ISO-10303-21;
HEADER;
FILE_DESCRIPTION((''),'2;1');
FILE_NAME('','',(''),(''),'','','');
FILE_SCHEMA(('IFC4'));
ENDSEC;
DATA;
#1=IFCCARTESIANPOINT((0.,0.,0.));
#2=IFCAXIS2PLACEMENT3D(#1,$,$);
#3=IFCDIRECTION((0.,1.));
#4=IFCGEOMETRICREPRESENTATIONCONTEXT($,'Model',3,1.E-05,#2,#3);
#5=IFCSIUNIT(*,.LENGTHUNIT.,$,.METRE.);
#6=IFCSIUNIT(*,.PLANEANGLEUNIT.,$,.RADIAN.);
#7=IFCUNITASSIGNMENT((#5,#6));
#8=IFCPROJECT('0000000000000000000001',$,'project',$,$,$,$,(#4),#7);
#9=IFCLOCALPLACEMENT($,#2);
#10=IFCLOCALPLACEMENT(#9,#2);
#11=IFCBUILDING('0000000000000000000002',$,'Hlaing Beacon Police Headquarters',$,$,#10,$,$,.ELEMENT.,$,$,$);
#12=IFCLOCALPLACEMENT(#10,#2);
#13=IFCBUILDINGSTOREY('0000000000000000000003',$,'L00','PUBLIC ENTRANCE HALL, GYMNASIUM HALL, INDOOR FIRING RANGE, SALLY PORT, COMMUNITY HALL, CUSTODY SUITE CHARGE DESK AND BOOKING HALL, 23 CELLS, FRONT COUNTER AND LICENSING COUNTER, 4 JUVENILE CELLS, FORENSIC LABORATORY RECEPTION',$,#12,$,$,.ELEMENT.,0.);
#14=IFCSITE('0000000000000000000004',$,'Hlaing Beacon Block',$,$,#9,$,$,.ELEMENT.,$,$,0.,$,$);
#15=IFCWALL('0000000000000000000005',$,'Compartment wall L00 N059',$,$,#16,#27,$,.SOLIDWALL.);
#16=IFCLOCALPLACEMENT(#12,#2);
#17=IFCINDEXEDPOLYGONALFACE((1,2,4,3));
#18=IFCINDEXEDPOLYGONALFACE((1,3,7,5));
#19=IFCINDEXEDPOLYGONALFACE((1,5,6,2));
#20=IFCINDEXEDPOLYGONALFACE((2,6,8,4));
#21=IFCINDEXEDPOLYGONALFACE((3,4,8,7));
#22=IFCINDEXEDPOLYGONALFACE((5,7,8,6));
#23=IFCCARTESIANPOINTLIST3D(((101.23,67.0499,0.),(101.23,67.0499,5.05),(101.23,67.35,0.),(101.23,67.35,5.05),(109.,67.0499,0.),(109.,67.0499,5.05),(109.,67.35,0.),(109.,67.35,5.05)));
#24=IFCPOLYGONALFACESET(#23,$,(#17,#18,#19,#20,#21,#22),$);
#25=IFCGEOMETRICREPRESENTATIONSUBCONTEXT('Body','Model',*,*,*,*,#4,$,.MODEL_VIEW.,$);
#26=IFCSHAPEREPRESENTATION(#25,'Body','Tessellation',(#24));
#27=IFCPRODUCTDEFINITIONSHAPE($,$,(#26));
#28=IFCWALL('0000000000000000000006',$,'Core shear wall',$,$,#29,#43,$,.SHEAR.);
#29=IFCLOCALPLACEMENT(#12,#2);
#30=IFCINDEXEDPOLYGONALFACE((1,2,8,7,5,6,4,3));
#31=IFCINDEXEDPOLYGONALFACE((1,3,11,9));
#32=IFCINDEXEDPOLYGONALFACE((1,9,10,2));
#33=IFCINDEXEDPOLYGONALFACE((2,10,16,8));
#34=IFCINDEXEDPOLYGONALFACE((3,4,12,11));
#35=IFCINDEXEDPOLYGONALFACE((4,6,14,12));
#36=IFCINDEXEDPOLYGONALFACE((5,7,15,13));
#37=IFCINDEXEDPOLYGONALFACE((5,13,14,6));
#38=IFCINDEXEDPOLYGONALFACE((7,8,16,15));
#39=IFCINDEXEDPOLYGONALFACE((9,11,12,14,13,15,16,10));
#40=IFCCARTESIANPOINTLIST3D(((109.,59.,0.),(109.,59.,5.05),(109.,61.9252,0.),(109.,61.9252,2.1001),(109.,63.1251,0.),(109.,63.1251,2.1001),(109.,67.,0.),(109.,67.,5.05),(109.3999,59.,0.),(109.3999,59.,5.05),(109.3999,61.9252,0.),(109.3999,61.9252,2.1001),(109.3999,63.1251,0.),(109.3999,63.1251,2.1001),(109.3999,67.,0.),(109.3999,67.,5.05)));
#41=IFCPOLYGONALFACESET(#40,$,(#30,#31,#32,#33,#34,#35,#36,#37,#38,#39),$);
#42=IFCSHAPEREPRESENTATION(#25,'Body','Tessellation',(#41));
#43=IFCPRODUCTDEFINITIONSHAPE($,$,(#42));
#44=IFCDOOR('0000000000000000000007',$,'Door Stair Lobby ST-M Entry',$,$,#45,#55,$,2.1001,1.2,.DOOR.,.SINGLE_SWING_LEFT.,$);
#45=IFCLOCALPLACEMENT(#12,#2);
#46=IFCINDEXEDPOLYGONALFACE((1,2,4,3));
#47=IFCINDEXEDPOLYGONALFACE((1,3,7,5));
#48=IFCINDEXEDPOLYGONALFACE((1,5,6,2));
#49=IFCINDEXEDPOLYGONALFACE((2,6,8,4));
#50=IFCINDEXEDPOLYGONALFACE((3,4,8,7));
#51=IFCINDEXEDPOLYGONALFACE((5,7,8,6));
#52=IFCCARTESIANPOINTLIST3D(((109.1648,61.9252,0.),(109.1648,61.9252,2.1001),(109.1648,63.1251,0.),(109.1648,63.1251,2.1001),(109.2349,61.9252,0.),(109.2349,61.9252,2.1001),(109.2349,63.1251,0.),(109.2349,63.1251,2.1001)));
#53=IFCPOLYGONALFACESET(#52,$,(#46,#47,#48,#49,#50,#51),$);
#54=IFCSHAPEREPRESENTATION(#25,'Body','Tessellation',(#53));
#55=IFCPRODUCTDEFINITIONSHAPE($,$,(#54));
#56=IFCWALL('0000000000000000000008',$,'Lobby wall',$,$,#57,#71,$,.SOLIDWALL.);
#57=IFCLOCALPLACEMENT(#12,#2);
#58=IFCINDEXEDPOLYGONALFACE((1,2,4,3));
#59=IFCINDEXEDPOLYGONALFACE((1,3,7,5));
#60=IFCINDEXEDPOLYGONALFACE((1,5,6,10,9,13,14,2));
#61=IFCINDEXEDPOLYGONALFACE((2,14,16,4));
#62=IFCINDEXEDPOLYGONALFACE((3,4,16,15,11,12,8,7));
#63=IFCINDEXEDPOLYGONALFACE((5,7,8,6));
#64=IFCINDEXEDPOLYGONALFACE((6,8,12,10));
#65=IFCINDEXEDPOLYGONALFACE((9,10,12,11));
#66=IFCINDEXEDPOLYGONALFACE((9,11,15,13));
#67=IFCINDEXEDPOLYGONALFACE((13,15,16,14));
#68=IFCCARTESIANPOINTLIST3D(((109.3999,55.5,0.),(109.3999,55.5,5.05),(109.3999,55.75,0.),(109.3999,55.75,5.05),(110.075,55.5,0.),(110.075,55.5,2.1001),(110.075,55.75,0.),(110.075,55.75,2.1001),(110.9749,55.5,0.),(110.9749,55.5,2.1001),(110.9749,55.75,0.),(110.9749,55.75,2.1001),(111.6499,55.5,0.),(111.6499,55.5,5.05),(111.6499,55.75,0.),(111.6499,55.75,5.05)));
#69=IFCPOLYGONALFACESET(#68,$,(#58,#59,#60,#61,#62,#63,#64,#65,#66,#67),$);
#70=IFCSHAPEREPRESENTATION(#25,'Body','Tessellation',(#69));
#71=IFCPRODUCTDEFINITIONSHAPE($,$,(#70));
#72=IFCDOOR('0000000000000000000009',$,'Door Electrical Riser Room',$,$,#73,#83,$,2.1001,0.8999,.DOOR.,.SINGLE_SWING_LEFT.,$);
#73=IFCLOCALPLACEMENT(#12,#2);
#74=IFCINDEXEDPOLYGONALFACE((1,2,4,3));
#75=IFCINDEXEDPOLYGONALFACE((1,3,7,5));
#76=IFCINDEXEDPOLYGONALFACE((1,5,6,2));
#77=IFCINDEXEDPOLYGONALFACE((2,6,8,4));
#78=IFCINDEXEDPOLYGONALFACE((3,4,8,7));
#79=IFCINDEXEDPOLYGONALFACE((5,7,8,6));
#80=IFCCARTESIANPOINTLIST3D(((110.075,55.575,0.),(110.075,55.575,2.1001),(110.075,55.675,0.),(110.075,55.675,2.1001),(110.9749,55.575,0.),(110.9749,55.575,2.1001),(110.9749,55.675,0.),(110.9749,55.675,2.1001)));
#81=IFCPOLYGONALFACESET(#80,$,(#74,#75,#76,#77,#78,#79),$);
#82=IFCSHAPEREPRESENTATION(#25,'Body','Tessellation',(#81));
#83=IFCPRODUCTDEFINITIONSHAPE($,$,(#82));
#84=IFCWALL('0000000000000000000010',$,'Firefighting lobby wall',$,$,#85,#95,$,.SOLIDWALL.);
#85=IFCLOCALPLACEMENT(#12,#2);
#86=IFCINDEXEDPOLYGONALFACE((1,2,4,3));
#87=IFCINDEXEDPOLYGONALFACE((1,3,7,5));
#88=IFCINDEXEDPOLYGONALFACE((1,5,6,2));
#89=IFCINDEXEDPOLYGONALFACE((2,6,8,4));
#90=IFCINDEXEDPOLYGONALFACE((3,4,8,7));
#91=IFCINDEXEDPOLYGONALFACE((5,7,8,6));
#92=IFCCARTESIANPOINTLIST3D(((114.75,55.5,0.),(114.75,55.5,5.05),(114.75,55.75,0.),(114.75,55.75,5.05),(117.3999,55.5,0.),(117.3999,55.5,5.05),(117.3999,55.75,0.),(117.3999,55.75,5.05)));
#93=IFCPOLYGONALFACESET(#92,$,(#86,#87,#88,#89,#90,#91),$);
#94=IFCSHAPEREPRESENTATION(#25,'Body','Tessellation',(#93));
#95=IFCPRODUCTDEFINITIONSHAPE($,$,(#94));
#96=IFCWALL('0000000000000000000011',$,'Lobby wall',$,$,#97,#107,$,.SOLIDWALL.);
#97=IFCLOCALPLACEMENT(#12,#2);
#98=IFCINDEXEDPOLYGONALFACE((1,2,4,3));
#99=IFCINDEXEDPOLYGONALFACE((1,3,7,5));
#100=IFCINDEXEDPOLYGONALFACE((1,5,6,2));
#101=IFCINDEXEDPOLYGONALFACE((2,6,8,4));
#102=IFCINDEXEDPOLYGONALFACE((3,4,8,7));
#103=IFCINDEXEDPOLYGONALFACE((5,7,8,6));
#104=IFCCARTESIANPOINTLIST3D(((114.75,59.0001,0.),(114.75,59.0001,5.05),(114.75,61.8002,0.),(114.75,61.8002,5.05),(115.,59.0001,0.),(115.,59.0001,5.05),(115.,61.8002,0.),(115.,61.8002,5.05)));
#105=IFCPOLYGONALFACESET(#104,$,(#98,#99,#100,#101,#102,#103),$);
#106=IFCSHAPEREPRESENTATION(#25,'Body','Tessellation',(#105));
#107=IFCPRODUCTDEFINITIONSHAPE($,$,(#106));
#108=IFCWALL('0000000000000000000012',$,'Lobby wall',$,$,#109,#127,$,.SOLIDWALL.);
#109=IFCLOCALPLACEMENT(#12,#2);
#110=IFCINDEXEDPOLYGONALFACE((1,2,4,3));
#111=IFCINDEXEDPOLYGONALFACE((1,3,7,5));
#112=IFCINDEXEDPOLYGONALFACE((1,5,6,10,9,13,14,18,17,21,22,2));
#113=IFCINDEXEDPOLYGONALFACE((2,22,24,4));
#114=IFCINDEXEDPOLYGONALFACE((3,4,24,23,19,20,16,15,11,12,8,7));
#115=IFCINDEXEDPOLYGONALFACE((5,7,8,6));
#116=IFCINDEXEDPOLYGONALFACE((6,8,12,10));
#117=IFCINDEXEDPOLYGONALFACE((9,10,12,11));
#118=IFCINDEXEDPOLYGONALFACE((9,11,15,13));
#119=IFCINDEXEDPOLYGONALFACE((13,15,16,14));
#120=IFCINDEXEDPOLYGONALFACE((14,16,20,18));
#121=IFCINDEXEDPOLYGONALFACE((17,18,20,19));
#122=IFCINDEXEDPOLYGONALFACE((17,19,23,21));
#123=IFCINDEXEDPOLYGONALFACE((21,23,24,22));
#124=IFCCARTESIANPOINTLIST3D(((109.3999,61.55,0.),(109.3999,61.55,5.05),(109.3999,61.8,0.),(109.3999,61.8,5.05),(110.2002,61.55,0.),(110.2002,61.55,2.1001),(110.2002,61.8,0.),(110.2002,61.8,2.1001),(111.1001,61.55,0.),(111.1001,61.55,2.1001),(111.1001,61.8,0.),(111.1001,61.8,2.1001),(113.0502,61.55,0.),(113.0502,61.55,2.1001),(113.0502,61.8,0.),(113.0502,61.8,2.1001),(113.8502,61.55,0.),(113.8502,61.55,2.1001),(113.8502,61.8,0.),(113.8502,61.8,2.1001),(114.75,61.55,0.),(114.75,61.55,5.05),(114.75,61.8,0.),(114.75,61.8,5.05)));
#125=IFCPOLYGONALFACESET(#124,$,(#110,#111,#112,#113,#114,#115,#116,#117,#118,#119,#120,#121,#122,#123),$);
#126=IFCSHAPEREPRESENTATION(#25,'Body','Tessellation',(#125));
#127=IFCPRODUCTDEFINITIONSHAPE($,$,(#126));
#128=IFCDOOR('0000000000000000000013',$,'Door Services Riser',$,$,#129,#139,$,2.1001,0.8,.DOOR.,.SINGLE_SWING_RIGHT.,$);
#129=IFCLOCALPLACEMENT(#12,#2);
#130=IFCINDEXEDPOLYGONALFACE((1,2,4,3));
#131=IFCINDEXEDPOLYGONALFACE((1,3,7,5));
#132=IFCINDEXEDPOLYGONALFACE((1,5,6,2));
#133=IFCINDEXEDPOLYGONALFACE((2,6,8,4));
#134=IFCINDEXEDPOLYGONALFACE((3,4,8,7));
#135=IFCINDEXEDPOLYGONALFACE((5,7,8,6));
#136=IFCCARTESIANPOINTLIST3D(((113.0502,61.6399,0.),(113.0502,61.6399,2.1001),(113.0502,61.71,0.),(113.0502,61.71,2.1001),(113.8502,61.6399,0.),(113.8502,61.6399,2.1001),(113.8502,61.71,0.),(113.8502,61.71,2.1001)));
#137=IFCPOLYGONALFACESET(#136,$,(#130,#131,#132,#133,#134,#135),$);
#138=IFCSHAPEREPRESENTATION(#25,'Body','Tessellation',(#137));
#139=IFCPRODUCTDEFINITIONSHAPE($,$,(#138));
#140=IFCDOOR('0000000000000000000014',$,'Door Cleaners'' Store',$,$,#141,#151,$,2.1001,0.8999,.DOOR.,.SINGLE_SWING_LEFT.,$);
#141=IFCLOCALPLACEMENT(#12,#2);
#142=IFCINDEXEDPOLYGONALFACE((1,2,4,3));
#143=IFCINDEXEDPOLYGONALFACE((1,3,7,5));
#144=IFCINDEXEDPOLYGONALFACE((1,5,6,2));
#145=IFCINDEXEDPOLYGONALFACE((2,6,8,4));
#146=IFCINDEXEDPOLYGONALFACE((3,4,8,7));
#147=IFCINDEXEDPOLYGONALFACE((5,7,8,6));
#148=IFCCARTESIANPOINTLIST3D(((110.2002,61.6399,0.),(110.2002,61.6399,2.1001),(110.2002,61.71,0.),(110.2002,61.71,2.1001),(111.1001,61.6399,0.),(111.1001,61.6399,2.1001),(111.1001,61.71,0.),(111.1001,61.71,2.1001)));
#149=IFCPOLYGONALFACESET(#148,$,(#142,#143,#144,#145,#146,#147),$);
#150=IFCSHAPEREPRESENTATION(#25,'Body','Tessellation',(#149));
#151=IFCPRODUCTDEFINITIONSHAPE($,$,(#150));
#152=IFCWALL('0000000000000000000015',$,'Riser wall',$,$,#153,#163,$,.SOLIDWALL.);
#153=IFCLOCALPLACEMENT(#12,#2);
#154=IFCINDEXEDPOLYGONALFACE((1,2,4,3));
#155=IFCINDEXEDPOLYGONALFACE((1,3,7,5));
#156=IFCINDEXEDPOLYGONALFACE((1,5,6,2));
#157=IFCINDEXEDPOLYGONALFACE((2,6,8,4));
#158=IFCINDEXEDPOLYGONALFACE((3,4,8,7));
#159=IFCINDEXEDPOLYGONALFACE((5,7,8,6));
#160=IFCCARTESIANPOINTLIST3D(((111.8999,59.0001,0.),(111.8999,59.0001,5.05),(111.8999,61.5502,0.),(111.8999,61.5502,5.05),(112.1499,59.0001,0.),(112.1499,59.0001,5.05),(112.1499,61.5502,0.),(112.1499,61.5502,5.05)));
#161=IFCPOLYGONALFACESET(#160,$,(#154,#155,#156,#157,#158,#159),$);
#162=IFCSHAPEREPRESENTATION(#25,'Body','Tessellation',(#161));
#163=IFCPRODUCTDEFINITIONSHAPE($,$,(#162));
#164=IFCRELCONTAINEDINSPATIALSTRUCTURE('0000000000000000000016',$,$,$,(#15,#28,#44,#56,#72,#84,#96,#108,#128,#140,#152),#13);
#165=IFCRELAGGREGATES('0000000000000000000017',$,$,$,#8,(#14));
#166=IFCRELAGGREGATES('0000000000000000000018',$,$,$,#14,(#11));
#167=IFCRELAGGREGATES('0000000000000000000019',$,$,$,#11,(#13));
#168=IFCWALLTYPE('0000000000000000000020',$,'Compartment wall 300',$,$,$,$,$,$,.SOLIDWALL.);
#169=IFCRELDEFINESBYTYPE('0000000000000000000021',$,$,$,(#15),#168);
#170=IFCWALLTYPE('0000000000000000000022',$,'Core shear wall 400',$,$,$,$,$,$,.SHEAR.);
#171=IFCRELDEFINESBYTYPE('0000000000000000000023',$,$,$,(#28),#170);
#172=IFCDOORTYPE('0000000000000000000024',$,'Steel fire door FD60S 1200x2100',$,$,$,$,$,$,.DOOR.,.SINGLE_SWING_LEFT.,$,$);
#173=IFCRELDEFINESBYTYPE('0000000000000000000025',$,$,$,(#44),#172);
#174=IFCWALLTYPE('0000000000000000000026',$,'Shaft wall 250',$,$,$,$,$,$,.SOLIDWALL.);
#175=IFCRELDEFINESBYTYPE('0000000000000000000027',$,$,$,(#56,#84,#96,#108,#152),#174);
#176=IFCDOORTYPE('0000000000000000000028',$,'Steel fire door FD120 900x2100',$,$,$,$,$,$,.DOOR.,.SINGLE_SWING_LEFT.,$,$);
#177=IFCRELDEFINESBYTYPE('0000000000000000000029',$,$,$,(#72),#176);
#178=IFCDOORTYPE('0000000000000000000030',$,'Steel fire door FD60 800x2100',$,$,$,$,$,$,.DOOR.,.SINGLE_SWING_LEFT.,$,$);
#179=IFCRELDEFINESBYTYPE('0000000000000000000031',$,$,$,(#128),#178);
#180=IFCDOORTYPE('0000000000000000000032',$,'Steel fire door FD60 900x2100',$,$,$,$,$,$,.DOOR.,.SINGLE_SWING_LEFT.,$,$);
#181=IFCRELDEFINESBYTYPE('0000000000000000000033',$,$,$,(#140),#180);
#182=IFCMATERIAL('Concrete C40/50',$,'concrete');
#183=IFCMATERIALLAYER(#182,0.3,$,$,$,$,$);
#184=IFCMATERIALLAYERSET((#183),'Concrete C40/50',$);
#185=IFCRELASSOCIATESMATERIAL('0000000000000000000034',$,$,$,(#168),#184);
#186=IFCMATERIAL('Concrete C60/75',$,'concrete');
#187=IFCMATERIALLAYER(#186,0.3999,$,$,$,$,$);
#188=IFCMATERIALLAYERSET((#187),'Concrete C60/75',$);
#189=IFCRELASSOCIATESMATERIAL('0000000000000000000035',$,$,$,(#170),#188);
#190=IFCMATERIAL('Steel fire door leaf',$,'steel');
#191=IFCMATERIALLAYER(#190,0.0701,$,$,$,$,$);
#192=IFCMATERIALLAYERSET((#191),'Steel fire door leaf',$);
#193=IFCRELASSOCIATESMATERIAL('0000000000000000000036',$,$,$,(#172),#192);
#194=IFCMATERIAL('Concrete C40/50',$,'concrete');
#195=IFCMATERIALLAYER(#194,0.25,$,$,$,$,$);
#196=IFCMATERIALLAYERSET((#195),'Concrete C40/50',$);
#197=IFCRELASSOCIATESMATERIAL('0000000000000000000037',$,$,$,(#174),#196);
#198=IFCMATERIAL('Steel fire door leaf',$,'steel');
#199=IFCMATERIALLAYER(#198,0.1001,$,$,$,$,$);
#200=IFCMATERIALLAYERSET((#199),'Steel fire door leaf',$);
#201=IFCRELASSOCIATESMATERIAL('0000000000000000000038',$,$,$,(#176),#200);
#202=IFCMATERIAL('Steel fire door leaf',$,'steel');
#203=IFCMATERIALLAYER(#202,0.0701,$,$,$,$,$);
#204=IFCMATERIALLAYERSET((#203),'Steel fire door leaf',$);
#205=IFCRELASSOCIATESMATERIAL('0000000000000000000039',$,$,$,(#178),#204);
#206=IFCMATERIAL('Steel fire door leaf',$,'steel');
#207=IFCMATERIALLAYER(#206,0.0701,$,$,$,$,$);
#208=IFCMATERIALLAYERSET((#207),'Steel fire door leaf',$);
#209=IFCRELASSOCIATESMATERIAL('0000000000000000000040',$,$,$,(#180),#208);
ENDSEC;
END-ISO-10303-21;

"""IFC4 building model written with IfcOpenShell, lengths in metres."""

from ifc_helpers import new_model, si_unit, direction, frame, frame_2d, origin, place, context, subcontext, project, spatial, rectangle, extrude, material, layer, layer_set, type_object, element, fill, save


model = new_model("IFC4")

# Units and contexts
model_context = context("Model", 3, precision=1e-05, world=origin(), true_north=direction((0.0, 1.0)))
body_context = subcontext(model_context, "Body", "Model", "MODEL_VIEW")
ifc_project = project(units=[si_unit("LENGTHUNIT", "METRE"), si_unit("PLANEANGLEUNIT", "RADIAN")], contexts=[model_context])

# Site, building, storey
site_placement = place(None, origin())
site = spatial("IfcSite", under=ifc_project, at=site_placement, Name="Hlaing Beacon Block", CompositionType="ELEMENT", RefElevation=0.0)
building_placement = place(site_placement, origin())
building = spatial("IfcBuilding", under=site, at=building_placement, Name="Hlaing Beacon Police Headquarters", CompositionType="ELEMENT")
storey_placement = place(building_placement, origin())
storey = spatial("IfcBuildingStorey", under=building, at=storey_placement, Name="L00", Description="PUBLIC ENTRANCE HALL, GYMNASIUM HALL, INDOOR FIRING RANGE, SALLY PORT, COMMUNITY HALL, CUSTODY SUITE CHARGE DESK AND BOOKING HALL, 23 CELLS, FRONT COUNTER AND LICENSING COUNTER, 4 JUVENILE CELLS, FORENSIC LABORATORY RECEPTION", CompositionType="ELEMENT", Elevation=0.0)

# Wall
ifc_material_1 = material(Name="Concrete C40/50", Category="concrete")
ifc_layer_1 = layer(ifc_material_1, 0.3)
ifc_layer_set_1 = layer_set([ifc_layer_1], Name="Concrete C40/50")
wall_type_1 = type_object("IfcWallType", Name="Compartment wall 300", PredefinedType="SOLIDWALL", material=ifc_layer_set_1)
wall_1_placement = place(storey_placement, frame((109.0, 67.2, 0.0), z_axis=(0.0, 0.0, 1.0), x_axis=(-1.0, 0.0, 0.0)))
element("IfcWall", 1, at=wall_1_placement, inside=storey, type_object=wall_type_1, Name="Compartment wall L00 N059", PredefinedType="SOLIDWALL", context=body_context, shape_type="SweptSolid", body=[
    extrude(rectangle(XDim=7.77, YDim=0.3, at=frame_2d((3.885, 0.0))), origin(), (0.0, 0.0, 1.0), 5.05),
])

# Walls, openings, doors
ifc_material_2 = material(Name="Concrete C60/75", Category="concrete")
ifc_layer_2 = layer(ifc_material_2, 0.3999)
ifc_layer_set_2 = layer_set([ifc_layer_2], Name="Concrete C60/75")
wall_type_2 = type_object("IfcWallType", Name="Core shear wall 400", PredefinedType="SHEAR", material=ifc_layer_set_2)
wall_2_placement = place(storey_placement, frame((109.2, 59.0, 0.0), z_axis=(0.0, 0.0, 1.0), x_axis=(0.0, 1.0, 0.0)))
wall_2 = element("IfcWall", 2, at=wall_2_placement, inside=storey, type_object=wall_type_2, Name="Core shear wall", PredefinedType="SHEAR", context=body_context, shape_type="SweptSolid", body=[
    extrude(rectangle(XDim=8.0, YDim=0.3999, at=frame_2d((4.0, 0.0))), origin(), (0.0, 0.0, 1.0), 5.05),
])
opening_1_placement = place(wall_2_placement, frame((2.925, 0.0, 0.0)))
opening_1 = element("IfcOpeningElement", 3, at=opening_1_placement, cuts=wall_2, PredefinedType="OPENING", context=body_context, shape_type="SweptSolid", body=[
    extrude(rectangle(XDim=1.2, YDim=2.1001, at=frame_2d((0.6001, 1.05))), frame((0.0, 0.21, 0.0), z_axis=(0.0, -1.0, 0.0), x_axis=(1.0, 0.0, 0.0)), (0.0, 0.0, 1.0), 0.4199),
])
ifc_material_3 = material(Name="Steel fire door leaf", Category="steel")
ifc_layer_3 = layer(ifc_material_3, 0.0701)
ifc_layer_set_3 = layer_set([ifc_layer_3], Name="Steel fire door leaf")
door_type_1 = type_object("IfcDoorType", Name="Steel fire door FD60S 1200x2100", OperationType="SINGLE_SWING_LEFT", PredefinedType="DOOR", material=ifc_layer_set_3)
door_1_placement = place(opening_1_placement, frame((1.2, 0.0, 0.0), z_axis=(0.0, 0.0, 1.0), x_axis=(-1.0, 0.0, 0.0)))
door_1 = element("IfcDoor", 4, at=door_1_placement, inside=storey, type_object=door_type_1, Name="Door Stair Lobby ST-M Entry", OperationType="SINGLE_SWING_LEFT", OverallHeight=2.1001, OverallWidth=1.2, PredefinedType="DOOR", context=body_context, shape_type="SweptSolid", body=[
    extrude(rectangle(XDim=1.2, YDim=2.1001, at=frame_2d((0.5999, 1.05))), frame((0.0, 0.0349, 0.0), z_axis=(0.0, -1.0, 0.0), x_axis=(1.0, 0.0, 0.0)), (0.0, 0.0, 1.0), 0.0701),
])
fill(opening_1, door_1)
ifc_material_4 = material(Name="Concrete C40/50", Category="concrete")
ifc_layer_4 = layer(ifc_material_4, 0.25)
ifc_layer_set_4 = layer_set([ifc_layer_4], Name="Concrete C40/50")
wall_type_3 = type_object("IfcWallType", Name="Shaft wall 250", PredefinedType="SOLIDWALL", material=ifc_layer_set_4)
wall_3_placement = place(storey_placement, frame((109.3999, 55.625, 0.0), z_axis=(0.0, 0.0, 1.0), x_axis=(1.0, 0.0, 0.0)))
wall_3 = element("IfcWall", 5, at=wall_3_placement, inside=storey, type_object=wall_type_3, Name="Lobby wall", PredefinedType="SOLIDWALL", context=body_context, shape_type="SweptSolid", body=[
    extrude(rectangle(XDim=2.25, YDim=0.25, at=frame_2d((1.125, 0.0))), origin(), (0.0, 0.0, 1.0), 5.05),
])
opening_2_placement = place(wall_3_placement, frame((0.675, 0.0, 0.0)))
opening_2 = element("IfcOpeningElement", 6, at=opening_2_placement, cuts=wall_3, PredefinedType="OPENING", context=body_context, shape_type="SweptSolid", body=[
    extrude(rectangle(XDim=0.8999, YDim=2.1001, at=frame_2d((0.45, 1.05))), frame((0.0, 0.135, 0.0), z_axis=(0.0, -1.0, 0.0), x_axis=(1.0, 0.0, 0.0)), (0.0, 0.0, 1.0), 0.27),
])
ifc_material_5 = material(Name="Steel fire door leaf", Category="steel")
ifc_layer_5 = layer(ifc_material_5, 0.1001)
ifc_layer_set_5 = layer_set([ifc_layer_5], Name="Steel fire door leaf")
door_type_2 = type_object("IfcDoorType", Name="Steel fire door FD120 900x2100", OperationType="SINGLE_SWING_LEFT", PredefinedType="DOOR", material=ifc_layer_set_5)
door_2_placement = place(opening_2_placement, origin())
door_2 = element("IfcDoor", 7, at=door_2_placement, inside=storey, type_object=door_type_2, Name="Door Electrical Riser Room", OperationType="SINGLE_SWING_LEFT", OverallHeight=2.1001, OverallWidth=0.8999, PredefinedType="DOOR", context=body_context, shape_type="SweptSolid", body=[
    extrude(rectangle(XDim=0.8999, YDim=2.1001, at=frame_2d((0.45, 1.05))), frame((0.0, 0.05, 0.0), z_axis=(0.0, -1.0, 0.0), x_axis=(1.0, 0.0, 0.0)), (0.0, 0.0, 1.0), 0.1001),
])
fill(opening_2, door_2)

# Walls
wall_4_placement = place(storey_placement, frame((114.75, 55.625, 0.0), z_axis=(0.0, 0.0, 1.0), x_axis=(1.0, 0.0, 0.0)))
element("IfcWall", 8, at=wall_4_placement, inside=storey, type_object=wall_type_3, Name="Firefighting lobby wall", PredefinedType="SOLIDWALL", context=body_context, shape_type="SweptSolid", body=[
    extrude(rectangle(XDim=2.6499, YDim=0.25, at=frame_2d((1.325, 0.0))), origin(), (0.0, 0.0, 1.0), 5.05),
])
wall_5_placement = place(storey_placement, frame((114.875, 61.8, 0.0), z_axis=(0.0, 0.0, 1.0), x_axis=(0.0, -1.0, 0.0)))
element("IfcWall", 9, at=wall_5_placement, inside=storey, type_object=wall_type_3, Name="Lobby wall", PredefinedType="SOLIDWALL", context=body_context, shape_type="SweptSolid", body=[
    extrude(rectangle(XDim=2.8, YDim=0.25, at=frame_2d((1.3999, 0.0))), origin(), (0.0, 0.0, 1.0), 5.05),
])

# Wall, openings, doors
wall_6_placement = place(storey_placement, frame((114.75, 61.675, 0.0), z_axis=(0.0, 0.0, 1.0), x_axis=(-1.0, 0.0, 0.0)))
wall_6 = element("IfcWall", 10, at=wall_6_placement, inside=storey, type_object=wall_type_3, Name="Lobby wall", PredefinedType="SOLIDWALL", context=body_context, shape_type="SweptSolid", body=[
    extrude(rectangle(XDim=5.3501, YDim=0.25, at=frame_2d((2.675, 0.0))), origin(), (0.0, 0.0, 1.0), 5.05),
])
opening_3_placement = place(wall_6_placement, frame((3.6499, 0.0, 0.0)))
opening_3 = element("IfcOpeningElement", 11, at=opening_3_placement, cuts=wall_6, PredefinedType="OPENING", context=body_context, shape_type="SweptSolid", body=[
    extrude(rectangle(XDim=0.8999, YDim=2.1001, at=frame_2d((0.45, 1.05))), frame((0.0, 0.135, 0.0), z_axis=(0.0, -1.0, 0.0), x_axis=(1.0, 0.0, 0.0)), (0.0, 0.0, 1.0), 0.27),
])
opening_4_placement = place(wall_6_placement, frame((0.8999, 0.0, 0.0)))
opening_4 = element("IfcOpeningElement", 12, at=opening_4_placement, cuts=wall_6, PredefinedType="OPENING", context=body_context, shape_type="SweptSolid", body=[
    extrude(rectangle(XDim=0.8, YDim=2.1001, at=frame_2d((0.3999, 1.05))), frame((0.0, 0.135, 0.0), z_axis=(0.0, -1.0, 0.0), x_axis=(1.0, 0.0, 0.0)), (0.0, 0.0, 1.0), 0.27),
])
ifc_material_6 = material(Name="Steel fire door leaf", Category="steel")
ifc_layer_6 = layer(ifc_material_6, 0.0701)
ifc_layer_set_6 = layer_set([ifc_layer_6], Name="Steel fire door leaf")
door_type_3 = type_object("IfcDoorType", Name="Steel fire door FD60 800x2100", OperationType="SINGLE_SWING_LEFT", PredefinedType="DOOR", material=ifc_layer_set_6)
door_3_placement = place(opening_4_placement, origin())
door_3 = element("IfcDoor", 13, at=door_3_placement, inside=storey, type_object=door_type_3, Name="Door Services Riser", OperationType="SINGLE_SWING_RIGHT", OverallHeight=2.1001, OverallWidth=0.8, PredefinedType="DOOR", context=body_context, shape_type="SweptSolid", body=[
    extrude(rectangle(XDim=0.8, YDim=2.1001, at=frame_2d((0.3999, 1.05))), frame((0.0, 0.0352, 0.0), z_axis=(0.0, -1.0, 0.0), x_axis=(1.0, 0.0, 0.0)), (0.0, 0.0, 1.0), 0.0701),
])
fill(opening_4, door_3)
ifc_material_7 = material(Name="Steel fire door leaf", Category="steel")
ifc_layer_7 = layer(ifc_material_7, 0.0701)
ifc_layer_set_7 = layer_set([ifc_layer_7], Name="Steel fire door leaf")
door_type_4 = type_object("IfcDoorType", Name="Steel fire door FD60 900x2100", OperationType="SINGLE_SWING_LEFT", PredefinedType="DOOR", material=ifc_layer_set_7)
door_4_placement = place(opening_3_placement, origin())
door_4 = element("IfcDoor", 14, at=door_4_placement, inside=storey, type_object=door_type_4, Name="Door Cleaners' Store", OperationType="SINGLE_SWING_LEFT", OverallHeight=2.1001, OverallWidth=0.8999, PredefinedType="DOOR", context=body_context, shape_type="SweptSolid", body=[
    extrude(rectangle(XDim=0.8999, YDim=2.1001, at=frame_2d((0.45, 1.05))), frame((0.0, 0.0352, 0.0), z_axis=(0.0, -1.0, 0.0), x_axis=(1.0, 0.0, 0.0)), (0.0, 0.0, 1.0), 0.0701),
])
fill(opening_3, door_4)

# Wall
wall_7_placement = place(storey_placement, frame((112.0249, 61.55, 0.0), z_axis=(0.0, 0.0, 1.0), x_axis=(0.0, -1.0, 0.0)))
element("IfcWall", 15, at=wall_7_placement, inside=storey, type_object=wall_type_3, Name="Riser wall", PredefinedType="SOLIDWALL", context=body_context, shape_type="SweptSolid", body=[
    extrude(rectangle(XDim=2.55, YDim=0.25, at=frame_2d((1.2749, 0.0))), origin(), (0.0, 0.0, 1.0), 5.05),
])

save(model, "model.ifc")
